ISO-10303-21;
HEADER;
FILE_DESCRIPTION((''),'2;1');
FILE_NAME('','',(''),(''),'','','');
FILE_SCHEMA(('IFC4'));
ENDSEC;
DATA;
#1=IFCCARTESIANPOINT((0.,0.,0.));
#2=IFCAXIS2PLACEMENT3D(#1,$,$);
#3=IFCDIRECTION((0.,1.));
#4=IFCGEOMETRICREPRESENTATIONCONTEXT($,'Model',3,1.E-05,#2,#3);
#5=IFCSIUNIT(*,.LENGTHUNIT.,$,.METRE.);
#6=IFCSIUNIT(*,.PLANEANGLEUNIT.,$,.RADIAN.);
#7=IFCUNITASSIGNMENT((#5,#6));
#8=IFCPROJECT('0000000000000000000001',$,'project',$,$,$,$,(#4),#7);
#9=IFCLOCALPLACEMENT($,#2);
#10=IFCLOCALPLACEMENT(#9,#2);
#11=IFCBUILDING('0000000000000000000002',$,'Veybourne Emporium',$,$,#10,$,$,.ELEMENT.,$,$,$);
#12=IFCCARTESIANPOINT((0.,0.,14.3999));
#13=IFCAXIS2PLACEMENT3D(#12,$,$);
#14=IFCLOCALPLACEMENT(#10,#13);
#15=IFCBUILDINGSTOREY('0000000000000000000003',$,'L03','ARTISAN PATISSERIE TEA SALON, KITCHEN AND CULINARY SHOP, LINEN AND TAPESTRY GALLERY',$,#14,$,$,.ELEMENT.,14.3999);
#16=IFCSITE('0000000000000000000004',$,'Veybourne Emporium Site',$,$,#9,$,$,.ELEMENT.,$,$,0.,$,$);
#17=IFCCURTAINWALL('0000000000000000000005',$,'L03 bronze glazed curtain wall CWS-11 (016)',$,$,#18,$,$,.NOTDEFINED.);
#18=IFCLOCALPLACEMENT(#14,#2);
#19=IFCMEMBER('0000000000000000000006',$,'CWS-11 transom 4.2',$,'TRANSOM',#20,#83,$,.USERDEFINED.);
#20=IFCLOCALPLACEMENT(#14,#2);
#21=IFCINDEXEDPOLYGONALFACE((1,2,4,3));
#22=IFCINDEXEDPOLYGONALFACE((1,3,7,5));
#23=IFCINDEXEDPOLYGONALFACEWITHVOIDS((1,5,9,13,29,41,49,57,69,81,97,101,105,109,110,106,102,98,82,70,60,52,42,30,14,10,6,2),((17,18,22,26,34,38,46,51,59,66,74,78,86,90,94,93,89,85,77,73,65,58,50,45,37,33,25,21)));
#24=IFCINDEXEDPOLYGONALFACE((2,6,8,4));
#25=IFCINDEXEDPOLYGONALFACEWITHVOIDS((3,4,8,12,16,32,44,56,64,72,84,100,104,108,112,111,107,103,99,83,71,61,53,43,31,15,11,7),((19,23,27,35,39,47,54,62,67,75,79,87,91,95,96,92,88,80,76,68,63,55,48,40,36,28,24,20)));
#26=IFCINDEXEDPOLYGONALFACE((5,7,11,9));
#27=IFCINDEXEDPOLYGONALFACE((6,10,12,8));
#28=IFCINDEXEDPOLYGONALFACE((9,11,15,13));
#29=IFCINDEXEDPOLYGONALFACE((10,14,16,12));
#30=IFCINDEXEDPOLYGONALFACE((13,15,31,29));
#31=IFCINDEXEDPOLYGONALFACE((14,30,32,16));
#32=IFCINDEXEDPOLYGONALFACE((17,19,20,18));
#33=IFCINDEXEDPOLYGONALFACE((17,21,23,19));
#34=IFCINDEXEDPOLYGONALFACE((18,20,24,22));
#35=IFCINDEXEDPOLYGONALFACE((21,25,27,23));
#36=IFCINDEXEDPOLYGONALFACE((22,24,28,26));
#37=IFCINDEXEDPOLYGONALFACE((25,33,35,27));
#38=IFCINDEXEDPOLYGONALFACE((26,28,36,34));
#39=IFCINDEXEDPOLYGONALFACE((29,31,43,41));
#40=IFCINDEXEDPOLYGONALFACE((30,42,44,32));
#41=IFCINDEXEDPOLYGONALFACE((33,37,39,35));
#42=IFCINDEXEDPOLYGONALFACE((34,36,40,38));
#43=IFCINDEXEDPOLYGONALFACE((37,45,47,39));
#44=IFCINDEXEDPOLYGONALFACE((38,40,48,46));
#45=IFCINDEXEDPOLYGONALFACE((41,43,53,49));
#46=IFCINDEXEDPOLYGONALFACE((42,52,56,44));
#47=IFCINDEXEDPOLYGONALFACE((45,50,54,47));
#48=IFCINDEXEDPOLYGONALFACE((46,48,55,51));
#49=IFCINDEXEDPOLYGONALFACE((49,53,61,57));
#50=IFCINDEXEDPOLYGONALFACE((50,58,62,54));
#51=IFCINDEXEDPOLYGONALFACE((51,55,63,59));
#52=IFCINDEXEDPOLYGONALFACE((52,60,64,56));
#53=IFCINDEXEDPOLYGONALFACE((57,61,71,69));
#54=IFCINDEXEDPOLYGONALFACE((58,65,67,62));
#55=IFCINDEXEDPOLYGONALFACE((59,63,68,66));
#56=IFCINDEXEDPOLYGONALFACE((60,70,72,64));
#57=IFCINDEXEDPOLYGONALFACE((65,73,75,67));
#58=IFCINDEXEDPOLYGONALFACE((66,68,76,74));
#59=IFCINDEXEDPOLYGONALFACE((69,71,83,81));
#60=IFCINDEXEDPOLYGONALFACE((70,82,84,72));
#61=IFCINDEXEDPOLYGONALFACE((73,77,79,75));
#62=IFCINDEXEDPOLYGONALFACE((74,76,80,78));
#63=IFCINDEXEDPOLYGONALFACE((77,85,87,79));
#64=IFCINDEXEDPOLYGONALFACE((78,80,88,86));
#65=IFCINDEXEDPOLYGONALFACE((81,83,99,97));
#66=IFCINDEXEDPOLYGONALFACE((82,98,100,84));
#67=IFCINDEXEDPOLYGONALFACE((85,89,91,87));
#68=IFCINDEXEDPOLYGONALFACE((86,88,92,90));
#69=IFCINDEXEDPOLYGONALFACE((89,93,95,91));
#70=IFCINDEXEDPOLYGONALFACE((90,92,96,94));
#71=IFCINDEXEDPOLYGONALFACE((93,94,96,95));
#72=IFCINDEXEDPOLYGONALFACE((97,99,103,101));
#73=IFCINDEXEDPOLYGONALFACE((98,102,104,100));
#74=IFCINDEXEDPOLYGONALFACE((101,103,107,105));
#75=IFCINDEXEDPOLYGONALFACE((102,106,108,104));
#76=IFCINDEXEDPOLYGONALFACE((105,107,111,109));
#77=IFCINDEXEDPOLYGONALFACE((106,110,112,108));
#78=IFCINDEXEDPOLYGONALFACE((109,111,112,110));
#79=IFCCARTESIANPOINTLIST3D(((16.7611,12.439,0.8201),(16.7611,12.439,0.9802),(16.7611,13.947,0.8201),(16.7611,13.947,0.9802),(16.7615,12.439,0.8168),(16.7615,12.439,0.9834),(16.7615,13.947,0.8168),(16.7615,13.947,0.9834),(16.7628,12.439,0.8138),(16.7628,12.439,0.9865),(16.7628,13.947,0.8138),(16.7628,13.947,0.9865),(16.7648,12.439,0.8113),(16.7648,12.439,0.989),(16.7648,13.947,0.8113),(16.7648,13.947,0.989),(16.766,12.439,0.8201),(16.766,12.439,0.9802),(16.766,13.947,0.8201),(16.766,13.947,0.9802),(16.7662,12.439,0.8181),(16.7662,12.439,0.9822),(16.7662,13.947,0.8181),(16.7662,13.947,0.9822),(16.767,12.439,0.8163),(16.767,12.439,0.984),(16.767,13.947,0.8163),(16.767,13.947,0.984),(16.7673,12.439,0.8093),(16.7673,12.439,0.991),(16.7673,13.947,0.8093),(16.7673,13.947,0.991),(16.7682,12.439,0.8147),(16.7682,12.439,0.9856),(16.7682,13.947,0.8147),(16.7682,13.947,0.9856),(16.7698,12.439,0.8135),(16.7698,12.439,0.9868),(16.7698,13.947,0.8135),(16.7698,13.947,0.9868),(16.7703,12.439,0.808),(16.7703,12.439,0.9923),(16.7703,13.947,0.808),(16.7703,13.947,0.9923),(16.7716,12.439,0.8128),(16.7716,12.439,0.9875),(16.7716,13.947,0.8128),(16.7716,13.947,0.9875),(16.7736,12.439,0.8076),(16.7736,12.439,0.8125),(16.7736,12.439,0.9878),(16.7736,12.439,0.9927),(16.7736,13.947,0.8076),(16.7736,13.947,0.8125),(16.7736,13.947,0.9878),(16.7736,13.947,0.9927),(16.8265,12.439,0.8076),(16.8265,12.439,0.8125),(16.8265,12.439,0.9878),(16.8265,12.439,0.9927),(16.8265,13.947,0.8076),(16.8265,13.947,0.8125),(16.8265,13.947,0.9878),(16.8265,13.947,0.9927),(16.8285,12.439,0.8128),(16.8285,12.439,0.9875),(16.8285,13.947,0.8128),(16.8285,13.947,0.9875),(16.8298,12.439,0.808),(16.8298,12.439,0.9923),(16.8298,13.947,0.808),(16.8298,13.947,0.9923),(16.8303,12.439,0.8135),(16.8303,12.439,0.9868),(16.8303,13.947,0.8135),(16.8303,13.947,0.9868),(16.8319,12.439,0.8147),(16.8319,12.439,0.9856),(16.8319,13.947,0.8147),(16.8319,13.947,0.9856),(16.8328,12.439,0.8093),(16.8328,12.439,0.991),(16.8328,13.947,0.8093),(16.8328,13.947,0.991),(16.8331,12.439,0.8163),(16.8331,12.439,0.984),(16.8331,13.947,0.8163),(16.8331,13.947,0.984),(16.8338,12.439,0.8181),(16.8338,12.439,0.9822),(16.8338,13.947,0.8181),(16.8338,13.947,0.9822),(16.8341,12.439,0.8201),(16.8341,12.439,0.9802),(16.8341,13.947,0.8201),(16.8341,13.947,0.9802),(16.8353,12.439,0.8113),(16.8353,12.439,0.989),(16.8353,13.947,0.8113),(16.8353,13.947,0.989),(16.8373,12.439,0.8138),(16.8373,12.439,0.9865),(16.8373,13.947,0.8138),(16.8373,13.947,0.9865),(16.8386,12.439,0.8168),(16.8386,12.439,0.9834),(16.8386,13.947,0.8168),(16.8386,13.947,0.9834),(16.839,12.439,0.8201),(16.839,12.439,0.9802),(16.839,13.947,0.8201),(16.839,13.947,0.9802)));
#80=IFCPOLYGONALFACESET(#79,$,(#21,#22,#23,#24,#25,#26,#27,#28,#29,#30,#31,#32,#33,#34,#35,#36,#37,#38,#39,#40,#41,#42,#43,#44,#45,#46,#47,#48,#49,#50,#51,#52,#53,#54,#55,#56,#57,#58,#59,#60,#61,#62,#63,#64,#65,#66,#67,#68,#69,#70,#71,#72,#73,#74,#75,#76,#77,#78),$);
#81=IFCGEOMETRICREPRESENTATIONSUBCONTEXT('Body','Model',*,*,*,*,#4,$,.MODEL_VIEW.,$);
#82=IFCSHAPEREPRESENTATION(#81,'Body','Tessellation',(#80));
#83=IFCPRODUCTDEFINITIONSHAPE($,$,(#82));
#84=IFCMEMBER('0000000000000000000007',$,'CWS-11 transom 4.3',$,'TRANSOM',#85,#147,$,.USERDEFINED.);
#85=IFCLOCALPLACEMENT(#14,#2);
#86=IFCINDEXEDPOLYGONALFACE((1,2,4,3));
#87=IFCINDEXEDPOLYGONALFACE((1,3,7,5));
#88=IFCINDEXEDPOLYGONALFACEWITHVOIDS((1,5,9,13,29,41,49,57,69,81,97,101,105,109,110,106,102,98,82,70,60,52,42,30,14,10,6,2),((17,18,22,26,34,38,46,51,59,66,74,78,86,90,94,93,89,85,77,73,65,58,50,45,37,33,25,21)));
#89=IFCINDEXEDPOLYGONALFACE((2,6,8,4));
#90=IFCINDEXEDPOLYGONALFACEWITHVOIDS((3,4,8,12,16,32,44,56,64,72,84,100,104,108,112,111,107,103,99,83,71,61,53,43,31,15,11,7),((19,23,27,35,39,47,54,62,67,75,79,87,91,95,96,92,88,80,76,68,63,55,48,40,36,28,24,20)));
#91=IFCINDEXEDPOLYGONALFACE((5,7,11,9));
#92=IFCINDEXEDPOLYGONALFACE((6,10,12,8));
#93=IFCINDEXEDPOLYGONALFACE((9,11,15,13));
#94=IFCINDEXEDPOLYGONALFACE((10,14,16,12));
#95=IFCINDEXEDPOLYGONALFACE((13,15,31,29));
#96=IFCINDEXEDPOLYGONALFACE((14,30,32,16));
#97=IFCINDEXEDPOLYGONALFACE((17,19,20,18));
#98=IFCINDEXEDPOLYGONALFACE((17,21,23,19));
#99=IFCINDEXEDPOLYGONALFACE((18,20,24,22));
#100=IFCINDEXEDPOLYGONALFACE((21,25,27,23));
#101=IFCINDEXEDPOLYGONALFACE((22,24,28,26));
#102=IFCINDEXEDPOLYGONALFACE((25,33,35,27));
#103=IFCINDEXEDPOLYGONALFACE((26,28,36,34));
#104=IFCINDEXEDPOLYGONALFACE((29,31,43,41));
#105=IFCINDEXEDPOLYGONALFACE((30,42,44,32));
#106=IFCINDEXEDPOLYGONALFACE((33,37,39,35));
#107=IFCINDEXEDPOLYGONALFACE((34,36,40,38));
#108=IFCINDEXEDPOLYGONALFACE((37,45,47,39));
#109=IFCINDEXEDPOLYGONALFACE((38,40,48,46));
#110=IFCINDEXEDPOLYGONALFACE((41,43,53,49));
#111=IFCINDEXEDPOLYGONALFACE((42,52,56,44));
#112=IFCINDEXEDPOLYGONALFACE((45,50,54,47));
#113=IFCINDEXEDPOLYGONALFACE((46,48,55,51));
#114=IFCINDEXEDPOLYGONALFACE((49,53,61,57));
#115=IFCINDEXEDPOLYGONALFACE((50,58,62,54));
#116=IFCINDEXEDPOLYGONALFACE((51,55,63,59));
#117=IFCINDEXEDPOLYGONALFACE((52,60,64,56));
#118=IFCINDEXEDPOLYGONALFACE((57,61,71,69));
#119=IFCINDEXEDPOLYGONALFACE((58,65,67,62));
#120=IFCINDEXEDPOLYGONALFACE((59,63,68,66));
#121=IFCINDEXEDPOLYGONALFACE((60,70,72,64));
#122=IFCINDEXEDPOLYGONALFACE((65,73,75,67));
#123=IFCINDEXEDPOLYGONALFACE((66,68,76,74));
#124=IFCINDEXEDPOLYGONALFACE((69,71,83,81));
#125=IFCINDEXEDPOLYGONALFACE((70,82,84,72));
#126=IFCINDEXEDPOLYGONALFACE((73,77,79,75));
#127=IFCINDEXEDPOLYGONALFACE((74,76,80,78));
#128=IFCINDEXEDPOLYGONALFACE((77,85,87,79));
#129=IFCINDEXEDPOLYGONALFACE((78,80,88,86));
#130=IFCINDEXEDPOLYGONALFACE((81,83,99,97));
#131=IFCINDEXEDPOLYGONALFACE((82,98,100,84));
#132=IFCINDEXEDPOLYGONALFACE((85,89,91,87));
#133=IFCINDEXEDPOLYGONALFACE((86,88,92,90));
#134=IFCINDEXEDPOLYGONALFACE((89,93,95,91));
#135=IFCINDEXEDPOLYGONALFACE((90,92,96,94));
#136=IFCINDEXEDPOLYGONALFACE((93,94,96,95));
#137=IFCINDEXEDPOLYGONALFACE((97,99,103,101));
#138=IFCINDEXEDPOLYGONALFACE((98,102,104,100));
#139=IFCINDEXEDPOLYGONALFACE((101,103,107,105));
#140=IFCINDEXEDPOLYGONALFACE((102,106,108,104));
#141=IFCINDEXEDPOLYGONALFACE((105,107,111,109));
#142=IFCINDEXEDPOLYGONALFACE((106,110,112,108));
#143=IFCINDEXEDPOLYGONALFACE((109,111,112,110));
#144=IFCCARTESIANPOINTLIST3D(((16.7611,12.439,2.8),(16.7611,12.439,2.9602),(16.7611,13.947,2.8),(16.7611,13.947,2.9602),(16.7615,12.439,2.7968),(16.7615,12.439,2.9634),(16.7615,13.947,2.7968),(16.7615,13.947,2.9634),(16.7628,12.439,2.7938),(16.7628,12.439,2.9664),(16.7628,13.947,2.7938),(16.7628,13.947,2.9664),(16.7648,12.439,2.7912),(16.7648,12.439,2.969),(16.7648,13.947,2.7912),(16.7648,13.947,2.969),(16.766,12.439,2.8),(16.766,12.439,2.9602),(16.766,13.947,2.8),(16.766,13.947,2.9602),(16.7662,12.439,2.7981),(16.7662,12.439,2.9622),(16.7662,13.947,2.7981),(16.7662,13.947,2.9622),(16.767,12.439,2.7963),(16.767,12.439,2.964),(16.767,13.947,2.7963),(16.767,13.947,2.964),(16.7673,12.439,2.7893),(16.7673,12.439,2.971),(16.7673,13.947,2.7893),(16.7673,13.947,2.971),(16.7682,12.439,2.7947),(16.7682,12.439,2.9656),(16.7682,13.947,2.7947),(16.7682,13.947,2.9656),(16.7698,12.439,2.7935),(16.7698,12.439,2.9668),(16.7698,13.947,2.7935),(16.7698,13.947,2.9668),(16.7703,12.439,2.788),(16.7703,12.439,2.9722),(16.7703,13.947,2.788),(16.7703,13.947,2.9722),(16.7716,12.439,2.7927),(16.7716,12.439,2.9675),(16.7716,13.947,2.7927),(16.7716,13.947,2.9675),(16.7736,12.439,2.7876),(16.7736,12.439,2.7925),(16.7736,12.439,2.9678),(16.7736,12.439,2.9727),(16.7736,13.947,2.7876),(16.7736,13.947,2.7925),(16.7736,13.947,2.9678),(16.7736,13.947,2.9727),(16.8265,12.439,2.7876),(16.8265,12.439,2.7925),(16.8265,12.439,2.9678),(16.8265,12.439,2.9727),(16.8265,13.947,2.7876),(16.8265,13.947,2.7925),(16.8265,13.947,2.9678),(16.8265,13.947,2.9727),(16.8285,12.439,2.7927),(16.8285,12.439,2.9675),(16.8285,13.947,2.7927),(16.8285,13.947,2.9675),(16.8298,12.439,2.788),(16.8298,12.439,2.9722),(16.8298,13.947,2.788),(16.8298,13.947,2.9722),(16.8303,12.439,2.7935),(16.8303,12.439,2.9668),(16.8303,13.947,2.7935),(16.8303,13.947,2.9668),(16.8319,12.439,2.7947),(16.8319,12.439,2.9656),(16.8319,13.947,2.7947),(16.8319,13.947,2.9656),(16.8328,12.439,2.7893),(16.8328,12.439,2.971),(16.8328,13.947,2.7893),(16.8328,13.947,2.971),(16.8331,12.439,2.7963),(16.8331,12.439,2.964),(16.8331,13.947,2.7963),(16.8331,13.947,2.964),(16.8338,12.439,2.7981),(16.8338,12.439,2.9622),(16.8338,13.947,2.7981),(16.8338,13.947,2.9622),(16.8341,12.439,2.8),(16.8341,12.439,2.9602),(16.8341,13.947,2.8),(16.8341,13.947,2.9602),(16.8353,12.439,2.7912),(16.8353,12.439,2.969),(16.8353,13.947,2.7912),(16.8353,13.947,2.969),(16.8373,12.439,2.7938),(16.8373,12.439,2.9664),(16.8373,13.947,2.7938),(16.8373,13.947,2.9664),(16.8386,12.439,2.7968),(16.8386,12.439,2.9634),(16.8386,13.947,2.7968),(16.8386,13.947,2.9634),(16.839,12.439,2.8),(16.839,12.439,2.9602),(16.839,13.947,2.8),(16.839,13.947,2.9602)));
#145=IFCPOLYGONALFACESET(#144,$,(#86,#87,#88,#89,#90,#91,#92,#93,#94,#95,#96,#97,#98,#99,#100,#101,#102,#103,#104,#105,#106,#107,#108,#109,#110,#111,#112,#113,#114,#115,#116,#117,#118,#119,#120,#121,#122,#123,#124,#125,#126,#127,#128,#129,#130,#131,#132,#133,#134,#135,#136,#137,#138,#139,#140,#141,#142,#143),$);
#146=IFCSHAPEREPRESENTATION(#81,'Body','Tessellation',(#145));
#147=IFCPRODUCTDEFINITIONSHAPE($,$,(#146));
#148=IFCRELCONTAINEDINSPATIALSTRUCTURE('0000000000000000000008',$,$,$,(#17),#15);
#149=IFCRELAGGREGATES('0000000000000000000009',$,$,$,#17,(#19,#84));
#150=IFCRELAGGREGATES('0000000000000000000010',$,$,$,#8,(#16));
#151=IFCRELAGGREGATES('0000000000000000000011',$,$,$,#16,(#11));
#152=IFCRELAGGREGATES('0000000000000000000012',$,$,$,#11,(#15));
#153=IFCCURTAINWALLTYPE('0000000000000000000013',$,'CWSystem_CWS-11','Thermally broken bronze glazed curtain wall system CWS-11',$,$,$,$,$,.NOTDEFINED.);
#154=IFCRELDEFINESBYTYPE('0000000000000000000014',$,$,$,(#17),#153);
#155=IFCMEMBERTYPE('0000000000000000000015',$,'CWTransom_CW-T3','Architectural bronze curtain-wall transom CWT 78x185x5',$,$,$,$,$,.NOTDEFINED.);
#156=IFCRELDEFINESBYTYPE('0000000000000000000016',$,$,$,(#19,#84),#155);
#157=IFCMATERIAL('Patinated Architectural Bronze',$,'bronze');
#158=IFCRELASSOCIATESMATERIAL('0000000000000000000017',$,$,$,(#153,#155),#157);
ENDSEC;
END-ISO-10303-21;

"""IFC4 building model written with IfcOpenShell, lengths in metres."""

from ifc_helpers import new_model, si_unit, direction, frame, origin, origin_2d, place, context, subcontext, project, spatial, hollow_rectangle, extrude, material, material_profile, profile_set, type_object, element, aggregate, save


model = new_model("IFC4")

# Units and contexts
model_context = context("Model", 3, precision=1e-05, world=origin(), true_north=direction((0.0, 1.0)))
body_context = subcontext(model_context, "Body", "Model", "MODEL_VIEW")
ifc_project = project(units=[si_unit("LENGTHUNIT", "METRE"), si_unit("PLANEANGLEUNIT", "RADIAN")], contexts=[model_context])

# Site, building, storey
site_placement = place(None, origin())
site = spatial("IfcSite", under=ifc_project, at=site_placement, Name="Veybourne Emporium Site", CompositionType="ELEMENT", RefElevation=0.0)
building_placement = place(site_placement, origin())
building = spatial("IfcBuilding", under=site, at=building_placement, Name="Veybourne Emporium", CompositionType="ELEMENT")
storey_placement = place(building_placement, frame((0.0, 0.0, 14.3999)))
storey = spatial("IfcBuildingStorey", under=building, at=storey_placement, Name="L03", Description="ARTISAN PATISSERIE TEA SALON, KITCHEN AND CULINARY SHOP, LINEN AND TAPESTRY GALLERY", CompositionType="ELEMENT", Elevation=14.3999)

# Curtain wall, members
ifc_material_1 = material(Name="Patinated Architectural Bronze", Category="bronze")
curtain_wall_type = type_object("IfcCurtainWallType", Name="CWSystem_CWS-11", Description="Thermally broken bronze glazed curtain wall system CWS-11", PredefinedType="NOTDEFINED", material=ifc_material_1)
curtain_wall_placement = place(storey_placement, origin())
curtain_wall = element("IfcCurtainWall", 1, at=curtain_wall_placement, inside=storey, type_object=curtain_wall_type, Name="L03 bronze glazed curtain wall CWS-11 (016)", PredefinedType="NOTDEFINED")
ifc_material_profile_1 = material_profile(ifc_material_1, hollow_rectangle(XDim=0.0779, YDim=0.1851, WallThickness=0.0049, InnerFilletRadius=0.0076, OuterFilletRadius=0.0125, at=origin_2d()), Name="CWT 78x185x5")
ifc_profile_set_1 = profile_set([ifc_material_profile_1], Name="Patinated Architectural Bronze")
member_type_1 = type_object("IfcMemberType", Name="CWTransom_CW-T3", Description="Architectural bronze curtain-wall transom CWT 78x185x5", PredefinedType="NOTDEFINED", material=ifc_profile_set_1)
member_1_placement = place(storey_placement, frame((16.8, 12.439, 0.9001), z_axis=(0.0, 1.0, 0.0), x_axis=(-1.0, 0.0, 0.0)))
member_1 = element("IfcMember", 2, at=member_1_placement, type_object=member_type_1, Name="CWS-11 transom 4.2", ObjectType="TRANSOM", PredefinedType="USERDEFINED", context=body_context, shape_type="SweptSolid", body=[
    extrude(hollow_rectangle(XDim=0.0779, YDim=0.1851, WallThickness=0.0049, InnerFilletRadius=0.0076, OuterFilletRadius=0.0125, at=origin_2d()), origin(), (0.0, 0.0, 1.0), 1.5081),
])
member_2_placement = place(storey_placement, frame((16.8, 12.439, 2.8801), z_axis=(0.0, 1.0, 0.0), x_axis=(-1.0, 0.0, 0.0)))
member_2 = element("IfcMember", 3, at=member_2_placement, type_object=member_type_1, Name="CWS-11 transom 4.3", ObjectType="TRANSOM", PredefinedType="USERDEFINED", context=body_context, shape_type="SweptSolid", body=[
    extrude(hollow_rectangle(XDim=0.0779, YDim=0.1851, WallThickness=0.0049, InnerFilletRadius=0.0076, OuterFilletRadius=0.0125, at=origin_2d()), origin(), (0.0, 0.0, 1.0), 1.5081),
])
aggregate(curtain_wall, [member_1, member_2])

save(model, "model.ifc")
